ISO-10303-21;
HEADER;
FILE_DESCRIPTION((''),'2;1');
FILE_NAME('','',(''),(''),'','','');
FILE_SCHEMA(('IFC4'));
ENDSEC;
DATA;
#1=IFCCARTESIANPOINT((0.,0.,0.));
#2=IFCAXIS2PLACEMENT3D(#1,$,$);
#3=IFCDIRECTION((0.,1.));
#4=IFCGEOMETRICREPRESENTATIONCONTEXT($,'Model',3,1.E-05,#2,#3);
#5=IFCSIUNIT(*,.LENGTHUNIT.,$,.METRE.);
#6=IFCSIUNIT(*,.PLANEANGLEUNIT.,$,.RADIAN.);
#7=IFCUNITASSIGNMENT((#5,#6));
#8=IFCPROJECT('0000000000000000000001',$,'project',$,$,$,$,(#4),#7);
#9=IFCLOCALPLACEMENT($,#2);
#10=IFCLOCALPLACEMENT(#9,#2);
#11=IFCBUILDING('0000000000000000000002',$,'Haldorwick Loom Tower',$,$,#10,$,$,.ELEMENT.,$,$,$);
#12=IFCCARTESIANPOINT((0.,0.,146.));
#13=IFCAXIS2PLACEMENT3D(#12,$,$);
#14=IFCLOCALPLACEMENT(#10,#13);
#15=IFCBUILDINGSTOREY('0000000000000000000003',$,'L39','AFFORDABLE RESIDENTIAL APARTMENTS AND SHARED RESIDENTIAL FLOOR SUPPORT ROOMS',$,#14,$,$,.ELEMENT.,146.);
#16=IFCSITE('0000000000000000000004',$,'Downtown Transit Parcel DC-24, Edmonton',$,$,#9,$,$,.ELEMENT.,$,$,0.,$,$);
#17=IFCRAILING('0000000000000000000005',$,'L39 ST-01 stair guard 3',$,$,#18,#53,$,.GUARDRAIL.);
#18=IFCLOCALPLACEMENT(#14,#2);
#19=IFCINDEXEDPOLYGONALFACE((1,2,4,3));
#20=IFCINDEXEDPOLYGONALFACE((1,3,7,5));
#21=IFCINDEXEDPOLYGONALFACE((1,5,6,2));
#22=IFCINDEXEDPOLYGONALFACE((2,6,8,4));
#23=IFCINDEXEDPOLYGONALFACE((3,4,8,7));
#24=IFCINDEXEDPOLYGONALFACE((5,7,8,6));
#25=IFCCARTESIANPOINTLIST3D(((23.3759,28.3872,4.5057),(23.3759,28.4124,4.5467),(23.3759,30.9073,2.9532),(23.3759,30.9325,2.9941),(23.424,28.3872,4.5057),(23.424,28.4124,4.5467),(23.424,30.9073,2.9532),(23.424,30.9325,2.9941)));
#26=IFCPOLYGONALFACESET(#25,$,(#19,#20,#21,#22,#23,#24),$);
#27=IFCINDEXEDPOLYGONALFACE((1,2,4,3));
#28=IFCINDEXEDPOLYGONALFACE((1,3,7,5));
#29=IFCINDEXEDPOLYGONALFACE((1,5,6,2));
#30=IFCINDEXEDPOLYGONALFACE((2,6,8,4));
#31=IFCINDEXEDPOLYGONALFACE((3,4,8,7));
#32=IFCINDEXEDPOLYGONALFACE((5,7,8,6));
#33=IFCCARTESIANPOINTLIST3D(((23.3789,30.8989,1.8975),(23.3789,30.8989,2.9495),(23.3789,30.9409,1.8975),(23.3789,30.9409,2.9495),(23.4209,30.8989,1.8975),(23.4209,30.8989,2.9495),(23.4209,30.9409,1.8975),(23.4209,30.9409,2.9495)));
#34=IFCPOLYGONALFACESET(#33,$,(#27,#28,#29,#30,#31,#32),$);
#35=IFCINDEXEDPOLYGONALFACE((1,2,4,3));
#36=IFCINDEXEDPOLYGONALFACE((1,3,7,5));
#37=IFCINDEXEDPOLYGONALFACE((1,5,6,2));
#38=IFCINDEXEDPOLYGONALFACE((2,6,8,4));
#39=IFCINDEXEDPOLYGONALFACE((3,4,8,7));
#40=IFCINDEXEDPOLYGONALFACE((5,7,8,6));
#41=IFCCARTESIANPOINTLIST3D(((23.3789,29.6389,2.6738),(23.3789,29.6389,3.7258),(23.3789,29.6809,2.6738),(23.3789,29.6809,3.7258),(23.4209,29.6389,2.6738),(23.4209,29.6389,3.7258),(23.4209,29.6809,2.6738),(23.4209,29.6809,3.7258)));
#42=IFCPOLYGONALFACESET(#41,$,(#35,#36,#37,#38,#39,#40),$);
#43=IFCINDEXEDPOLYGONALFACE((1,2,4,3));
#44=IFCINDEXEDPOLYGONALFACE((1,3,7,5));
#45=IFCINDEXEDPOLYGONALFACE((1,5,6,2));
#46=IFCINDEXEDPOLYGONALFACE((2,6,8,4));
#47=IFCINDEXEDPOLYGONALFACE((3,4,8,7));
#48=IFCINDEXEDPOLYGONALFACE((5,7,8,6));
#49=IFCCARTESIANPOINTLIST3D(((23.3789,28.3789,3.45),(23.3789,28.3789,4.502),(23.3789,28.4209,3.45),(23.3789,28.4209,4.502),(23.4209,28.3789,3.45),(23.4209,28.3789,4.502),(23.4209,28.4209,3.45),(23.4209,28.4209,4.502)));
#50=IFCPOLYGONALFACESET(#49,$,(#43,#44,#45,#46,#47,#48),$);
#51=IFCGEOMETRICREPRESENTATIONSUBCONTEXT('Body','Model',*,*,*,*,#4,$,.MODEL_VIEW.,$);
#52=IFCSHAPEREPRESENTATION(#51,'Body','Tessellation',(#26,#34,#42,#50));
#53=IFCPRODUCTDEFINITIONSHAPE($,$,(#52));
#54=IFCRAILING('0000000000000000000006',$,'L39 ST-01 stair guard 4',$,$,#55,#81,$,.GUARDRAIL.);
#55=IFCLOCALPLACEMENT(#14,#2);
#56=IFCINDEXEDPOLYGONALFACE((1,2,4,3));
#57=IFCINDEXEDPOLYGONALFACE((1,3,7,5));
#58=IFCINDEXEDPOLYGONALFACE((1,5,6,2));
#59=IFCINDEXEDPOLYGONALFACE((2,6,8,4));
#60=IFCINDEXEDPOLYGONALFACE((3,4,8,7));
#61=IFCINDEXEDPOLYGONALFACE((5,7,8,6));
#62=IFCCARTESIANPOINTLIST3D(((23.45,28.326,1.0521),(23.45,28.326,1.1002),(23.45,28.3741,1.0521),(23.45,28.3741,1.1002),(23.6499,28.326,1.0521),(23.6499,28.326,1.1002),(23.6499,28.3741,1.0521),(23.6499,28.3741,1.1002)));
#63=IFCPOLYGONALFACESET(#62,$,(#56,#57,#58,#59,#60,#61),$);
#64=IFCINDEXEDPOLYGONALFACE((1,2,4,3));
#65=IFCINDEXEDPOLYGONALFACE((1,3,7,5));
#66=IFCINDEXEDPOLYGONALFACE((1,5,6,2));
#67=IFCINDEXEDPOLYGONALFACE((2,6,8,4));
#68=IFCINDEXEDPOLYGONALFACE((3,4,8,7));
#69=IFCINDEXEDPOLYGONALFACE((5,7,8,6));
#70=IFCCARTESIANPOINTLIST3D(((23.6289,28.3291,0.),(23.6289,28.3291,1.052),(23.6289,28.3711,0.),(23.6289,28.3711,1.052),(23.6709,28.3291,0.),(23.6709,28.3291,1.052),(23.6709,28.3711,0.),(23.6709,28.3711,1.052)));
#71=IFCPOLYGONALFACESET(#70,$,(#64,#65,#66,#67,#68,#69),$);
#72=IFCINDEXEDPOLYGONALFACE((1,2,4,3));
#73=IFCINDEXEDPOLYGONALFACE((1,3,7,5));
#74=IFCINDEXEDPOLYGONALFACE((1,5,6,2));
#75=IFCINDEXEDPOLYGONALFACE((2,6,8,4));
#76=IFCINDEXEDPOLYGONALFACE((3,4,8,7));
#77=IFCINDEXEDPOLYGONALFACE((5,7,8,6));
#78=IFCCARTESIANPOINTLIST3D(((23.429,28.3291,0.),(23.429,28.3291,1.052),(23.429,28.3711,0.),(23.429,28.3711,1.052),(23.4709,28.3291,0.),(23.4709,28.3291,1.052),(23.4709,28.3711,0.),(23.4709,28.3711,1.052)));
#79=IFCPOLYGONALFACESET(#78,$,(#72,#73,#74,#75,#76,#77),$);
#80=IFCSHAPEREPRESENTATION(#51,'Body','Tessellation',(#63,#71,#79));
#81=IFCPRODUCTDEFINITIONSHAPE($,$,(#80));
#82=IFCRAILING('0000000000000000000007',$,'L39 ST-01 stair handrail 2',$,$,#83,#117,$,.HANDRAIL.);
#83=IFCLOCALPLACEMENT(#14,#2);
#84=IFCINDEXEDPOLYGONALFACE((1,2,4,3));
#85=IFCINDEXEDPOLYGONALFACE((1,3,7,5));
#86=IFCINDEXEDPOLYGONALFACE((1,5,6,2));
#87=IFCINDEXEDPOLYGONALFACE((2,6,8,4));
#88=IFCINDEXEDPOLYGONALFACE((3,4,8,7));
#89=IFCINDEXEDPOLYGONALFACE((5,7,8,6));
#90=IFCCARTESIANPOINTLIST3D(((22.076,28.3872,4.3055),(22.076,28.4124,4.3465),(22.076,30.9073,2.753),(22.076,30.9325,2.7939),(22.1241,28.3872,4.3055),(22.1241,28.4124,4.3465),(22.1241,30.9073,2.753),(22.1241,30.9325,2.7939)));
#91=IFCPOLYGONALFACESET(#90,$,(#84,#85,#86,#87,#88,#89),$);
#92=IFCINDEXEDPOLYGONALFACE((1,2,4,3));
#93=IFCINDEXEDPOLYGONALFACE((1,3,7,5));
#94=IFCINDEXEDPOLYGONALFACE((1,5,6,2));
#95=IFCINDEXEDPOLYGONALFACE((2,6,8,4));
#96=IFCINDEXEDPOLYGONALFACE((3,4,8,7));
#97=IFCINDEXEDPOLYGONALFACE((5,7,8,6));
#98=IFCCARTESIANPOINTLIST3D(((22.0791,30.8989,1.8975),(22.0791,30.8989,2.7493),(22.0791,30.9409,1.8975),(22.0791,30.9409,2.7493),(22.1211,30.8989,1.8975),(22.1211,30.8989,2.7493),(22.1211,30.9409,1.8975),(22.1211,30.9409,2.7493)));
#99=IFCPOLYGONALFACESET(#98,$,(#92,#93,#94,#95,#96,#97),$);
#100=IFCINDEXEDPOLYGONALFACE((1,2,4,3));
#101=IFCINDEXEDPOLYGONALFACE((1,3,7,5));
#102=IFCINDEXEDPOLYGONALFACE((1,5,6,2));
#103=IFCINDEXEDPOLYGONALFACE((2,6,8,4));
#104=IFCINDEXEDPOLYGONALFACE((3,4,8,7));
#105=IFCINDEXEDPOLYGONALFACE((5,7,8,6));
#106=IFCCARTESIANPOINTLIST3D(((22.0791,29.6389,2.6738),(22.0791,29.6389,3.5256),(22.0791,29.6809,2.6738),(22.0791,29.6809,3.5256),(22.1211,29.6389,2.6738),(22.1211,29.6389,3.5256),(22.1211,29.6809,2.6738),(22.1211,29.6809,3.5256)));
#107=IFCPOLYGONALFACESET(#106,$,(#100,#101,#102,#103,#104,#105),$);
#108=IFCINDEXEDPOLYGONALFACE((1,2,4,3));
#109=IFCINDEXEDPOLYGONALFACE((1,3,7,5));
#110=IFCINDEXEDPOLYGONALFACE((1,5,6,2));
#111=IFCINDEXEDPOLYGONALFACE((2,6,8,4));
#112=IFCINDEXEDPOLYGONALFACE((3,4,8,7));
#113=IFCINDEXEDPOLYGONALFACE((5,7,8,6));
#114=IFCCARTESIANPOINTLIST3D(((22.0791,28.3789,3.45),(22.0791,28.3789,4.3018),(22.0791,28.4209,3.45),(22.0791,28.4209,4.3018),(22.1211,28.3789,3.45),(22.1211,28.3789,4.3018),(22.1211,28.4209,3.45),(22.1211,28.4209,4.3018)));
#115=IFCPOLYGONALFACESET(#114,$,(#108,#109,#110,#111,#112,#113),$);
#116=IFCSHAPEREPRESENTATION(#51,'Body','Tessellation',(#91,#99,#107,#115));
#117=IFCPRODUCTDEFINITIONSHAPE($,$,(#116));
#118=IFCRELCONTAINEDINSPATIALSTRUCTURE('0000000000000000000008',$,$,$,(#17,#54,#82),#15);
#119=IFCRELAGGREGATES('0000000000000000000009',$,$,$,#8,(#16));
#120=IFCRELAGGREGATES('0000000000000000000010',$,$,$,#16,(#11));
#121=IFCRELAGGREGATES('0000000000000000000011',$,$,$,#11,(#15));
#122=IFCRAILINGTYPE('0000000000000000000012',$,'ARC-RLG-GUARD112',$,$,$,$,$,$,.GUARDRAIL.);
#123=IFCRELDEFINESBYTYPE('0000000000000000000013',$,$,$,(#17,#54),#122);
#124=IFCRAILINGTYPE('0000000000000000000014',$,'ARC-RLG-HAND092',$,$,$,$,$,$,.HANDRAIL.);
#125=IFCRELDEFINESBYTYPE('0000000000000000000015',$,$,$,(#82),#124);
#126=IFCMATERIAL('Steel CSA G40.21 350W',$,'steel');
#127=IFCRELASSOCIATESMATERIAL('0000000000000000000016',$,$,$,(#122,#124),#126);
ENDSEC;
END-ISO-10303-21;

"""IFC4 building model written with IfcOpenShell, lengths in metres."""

from ifc_helpers import new_model, si_unit, direction, frame, origin, origin_2d, place, context, subcontext, project, spatial, rectangle, extrude, material, type_object, element, save


model = new_model("IFC4")

# Units and contexts
model_context = context("Model", 3, precision=1e-05, world=origin(), true_north=direction((0.0, 1.0)))
body_context = subcontext(model_context, "Body", "Model", "MODEL_VIEW")
ifc_project = project(units=[si_unit("LENGTHUNIT", "METRE"), si_unit("PLANEANGLEUNIT", "RADIAN")], contexts=[model_context])

# Site, building, storey
site_placement = place(None, origin())
site = spatial("IfcSite", under=ifc_project, at=site_placement, Name="Downtown Transit Parcel DC-24, Edmonton", CompositionType="ELEMENT", RefElevation=0.0)
building_placement = place(site_placement, origin())
building = spatial("IfcBuilding", under=site, at=building_placement, Name="Haldorwick Loom Tower", CompositionType="ELEMENT")
storey_placement = place(building_placement, frame((0.0, 0.0, 146.0)))
storey = spatial("IfcBuildingStorey", under=building, at=storey_placement, Name="L39", Description="AFFORDABLE RESIDENTIAL APARTMENTS AND SHARED RESIDENTIAL FLOOR SUPPORT ROOMS", CompositionType="ELEMENT", Elevation=146.0)

# Shared definitions
ifc_material_1 = material(Name="Steel CSA G40.21 350W", Category="steel")

# Railings
railing_type_1 = type_object("IfcRailingType", Name="ARC-RLG-GUARD112", PredefinedType="GUARDRAIL", material=ifc_material_1)
railing_1_placement = place(storey_placement, frame((23.3999, 30.9199, 1.8975)))
element("IfcRailing", 1, at=railing_1_placement, inside=storey, type_object=railing_type_1, Name="L39 ST-01 stair guard 3", PredefinedType="GUARDRAIL", context=body_context, shape_type="SweptSolid", body=[
    extrude(rectangle(XDim=0.0481, YDim=0.0481, at=origin_2d()), frame((0.0, 0.0, 1.0762), z_axis=(0.0, -0.8514, 0.524516), x_axis=(1.0, 0.0, 0.0)), (0.0, 0.0, 1.0), 2.96),
    extrude(rectangle(XDim=0.042, YDim=0.042, at=origin_2d()), origin(), (0.0, 0.0, 1.0), 1.052),
    extrude(rectangle(XDim=0.042, YDim=0.042, at=origin_2d()), frame((0.0, -1.26, 0.7764)), (0.0, 0.0, 1.0), 1.052),
    extrude(rectangle(XDim=0.042, YDim=0.042, at=origin_2d()), frame((0.0, -2.52, 1.5525)), (0.0, 0.0, 1.0), 1.052),
])
railing_2_placement = place(storey_placement, frame((23.6499, 28.3501, 0.0)))
element("IfcRailing", 2, at=railing_2_placement, inside=storey, type_object=railing_type_1, Name="L39 ST-01 stair guard 4", PredefinedType="GUARDRAIL", context=body_context, shape_type="SweptSolid", body=[
    extrude(rectangle(XDim=0.0481, YDim=0.0481, at=origin_2d()), frame((0.0, 0.0, 1.0762), z_axis=(-1.0, 0.0, 0.0), x_axis=(0.0, -1.0, 0.0)), (0.0, 0.0, 1.0), 0.2),
    extrude(rectangle(XDim=0.042, YDim=0.042, at=origin_2d()), origin(), (0.0, 0.0, 1.0), 1.052),
    extrude(rectangle(XDim=0.042, YDim=0.042, at=origin_2d()), frame((-0.2, 0.0, 0.0)), (0.0, 0.0, 1.0), 1.052),
])
railing_type_2 = type_object("IfcRailingType", Name="ARC-RLG-HAND092", PredefinedType="HANDRAIL", material=ifc_material_1)
railing_3_placement = place(storey_placement, frame((22.1001, 30.9199, 1.8975)))
element("IfcRailing", 3, at=railing_3_placement, inside=storey, type_object=railing_type_2, Name="L39 ST-01 stair handrail 2", PredefinedType="HANDRAIL", context=body_context, shape_type="SweptSolid", body=[
    extrude(rectangle(XDim=0.0481, YDim=0.0481, at=origin_2d()), frame((0.0, 0.0, 0.876), z_axis=(0.0, -0.8514, 0.524516), x_axis=(1.0, 0.0, 0.0)), (0.0, 0.0, 1.0), 2.96),
    extrude(rectangle(XDim=0.042, YDim=0.042, at=origin_2d()), origin(), (0.0, 0.0, 1.0), 0.8518),
    extrude(rectangle(XDim=0.042, YDim=0.042, at=origin_2d()), frame((0.0, -1.26, 0.7764)), (0.0, 0.0, 1.0), 0.8518),
    extrude(rectangle(XDim=0.042, YDim=0.042, at=origin_2d()), frame((0.0, -2.52, 1.5525)), (0.0, 0.0, 1.0), 0.8518),
])

save(model, "model.ifc")
